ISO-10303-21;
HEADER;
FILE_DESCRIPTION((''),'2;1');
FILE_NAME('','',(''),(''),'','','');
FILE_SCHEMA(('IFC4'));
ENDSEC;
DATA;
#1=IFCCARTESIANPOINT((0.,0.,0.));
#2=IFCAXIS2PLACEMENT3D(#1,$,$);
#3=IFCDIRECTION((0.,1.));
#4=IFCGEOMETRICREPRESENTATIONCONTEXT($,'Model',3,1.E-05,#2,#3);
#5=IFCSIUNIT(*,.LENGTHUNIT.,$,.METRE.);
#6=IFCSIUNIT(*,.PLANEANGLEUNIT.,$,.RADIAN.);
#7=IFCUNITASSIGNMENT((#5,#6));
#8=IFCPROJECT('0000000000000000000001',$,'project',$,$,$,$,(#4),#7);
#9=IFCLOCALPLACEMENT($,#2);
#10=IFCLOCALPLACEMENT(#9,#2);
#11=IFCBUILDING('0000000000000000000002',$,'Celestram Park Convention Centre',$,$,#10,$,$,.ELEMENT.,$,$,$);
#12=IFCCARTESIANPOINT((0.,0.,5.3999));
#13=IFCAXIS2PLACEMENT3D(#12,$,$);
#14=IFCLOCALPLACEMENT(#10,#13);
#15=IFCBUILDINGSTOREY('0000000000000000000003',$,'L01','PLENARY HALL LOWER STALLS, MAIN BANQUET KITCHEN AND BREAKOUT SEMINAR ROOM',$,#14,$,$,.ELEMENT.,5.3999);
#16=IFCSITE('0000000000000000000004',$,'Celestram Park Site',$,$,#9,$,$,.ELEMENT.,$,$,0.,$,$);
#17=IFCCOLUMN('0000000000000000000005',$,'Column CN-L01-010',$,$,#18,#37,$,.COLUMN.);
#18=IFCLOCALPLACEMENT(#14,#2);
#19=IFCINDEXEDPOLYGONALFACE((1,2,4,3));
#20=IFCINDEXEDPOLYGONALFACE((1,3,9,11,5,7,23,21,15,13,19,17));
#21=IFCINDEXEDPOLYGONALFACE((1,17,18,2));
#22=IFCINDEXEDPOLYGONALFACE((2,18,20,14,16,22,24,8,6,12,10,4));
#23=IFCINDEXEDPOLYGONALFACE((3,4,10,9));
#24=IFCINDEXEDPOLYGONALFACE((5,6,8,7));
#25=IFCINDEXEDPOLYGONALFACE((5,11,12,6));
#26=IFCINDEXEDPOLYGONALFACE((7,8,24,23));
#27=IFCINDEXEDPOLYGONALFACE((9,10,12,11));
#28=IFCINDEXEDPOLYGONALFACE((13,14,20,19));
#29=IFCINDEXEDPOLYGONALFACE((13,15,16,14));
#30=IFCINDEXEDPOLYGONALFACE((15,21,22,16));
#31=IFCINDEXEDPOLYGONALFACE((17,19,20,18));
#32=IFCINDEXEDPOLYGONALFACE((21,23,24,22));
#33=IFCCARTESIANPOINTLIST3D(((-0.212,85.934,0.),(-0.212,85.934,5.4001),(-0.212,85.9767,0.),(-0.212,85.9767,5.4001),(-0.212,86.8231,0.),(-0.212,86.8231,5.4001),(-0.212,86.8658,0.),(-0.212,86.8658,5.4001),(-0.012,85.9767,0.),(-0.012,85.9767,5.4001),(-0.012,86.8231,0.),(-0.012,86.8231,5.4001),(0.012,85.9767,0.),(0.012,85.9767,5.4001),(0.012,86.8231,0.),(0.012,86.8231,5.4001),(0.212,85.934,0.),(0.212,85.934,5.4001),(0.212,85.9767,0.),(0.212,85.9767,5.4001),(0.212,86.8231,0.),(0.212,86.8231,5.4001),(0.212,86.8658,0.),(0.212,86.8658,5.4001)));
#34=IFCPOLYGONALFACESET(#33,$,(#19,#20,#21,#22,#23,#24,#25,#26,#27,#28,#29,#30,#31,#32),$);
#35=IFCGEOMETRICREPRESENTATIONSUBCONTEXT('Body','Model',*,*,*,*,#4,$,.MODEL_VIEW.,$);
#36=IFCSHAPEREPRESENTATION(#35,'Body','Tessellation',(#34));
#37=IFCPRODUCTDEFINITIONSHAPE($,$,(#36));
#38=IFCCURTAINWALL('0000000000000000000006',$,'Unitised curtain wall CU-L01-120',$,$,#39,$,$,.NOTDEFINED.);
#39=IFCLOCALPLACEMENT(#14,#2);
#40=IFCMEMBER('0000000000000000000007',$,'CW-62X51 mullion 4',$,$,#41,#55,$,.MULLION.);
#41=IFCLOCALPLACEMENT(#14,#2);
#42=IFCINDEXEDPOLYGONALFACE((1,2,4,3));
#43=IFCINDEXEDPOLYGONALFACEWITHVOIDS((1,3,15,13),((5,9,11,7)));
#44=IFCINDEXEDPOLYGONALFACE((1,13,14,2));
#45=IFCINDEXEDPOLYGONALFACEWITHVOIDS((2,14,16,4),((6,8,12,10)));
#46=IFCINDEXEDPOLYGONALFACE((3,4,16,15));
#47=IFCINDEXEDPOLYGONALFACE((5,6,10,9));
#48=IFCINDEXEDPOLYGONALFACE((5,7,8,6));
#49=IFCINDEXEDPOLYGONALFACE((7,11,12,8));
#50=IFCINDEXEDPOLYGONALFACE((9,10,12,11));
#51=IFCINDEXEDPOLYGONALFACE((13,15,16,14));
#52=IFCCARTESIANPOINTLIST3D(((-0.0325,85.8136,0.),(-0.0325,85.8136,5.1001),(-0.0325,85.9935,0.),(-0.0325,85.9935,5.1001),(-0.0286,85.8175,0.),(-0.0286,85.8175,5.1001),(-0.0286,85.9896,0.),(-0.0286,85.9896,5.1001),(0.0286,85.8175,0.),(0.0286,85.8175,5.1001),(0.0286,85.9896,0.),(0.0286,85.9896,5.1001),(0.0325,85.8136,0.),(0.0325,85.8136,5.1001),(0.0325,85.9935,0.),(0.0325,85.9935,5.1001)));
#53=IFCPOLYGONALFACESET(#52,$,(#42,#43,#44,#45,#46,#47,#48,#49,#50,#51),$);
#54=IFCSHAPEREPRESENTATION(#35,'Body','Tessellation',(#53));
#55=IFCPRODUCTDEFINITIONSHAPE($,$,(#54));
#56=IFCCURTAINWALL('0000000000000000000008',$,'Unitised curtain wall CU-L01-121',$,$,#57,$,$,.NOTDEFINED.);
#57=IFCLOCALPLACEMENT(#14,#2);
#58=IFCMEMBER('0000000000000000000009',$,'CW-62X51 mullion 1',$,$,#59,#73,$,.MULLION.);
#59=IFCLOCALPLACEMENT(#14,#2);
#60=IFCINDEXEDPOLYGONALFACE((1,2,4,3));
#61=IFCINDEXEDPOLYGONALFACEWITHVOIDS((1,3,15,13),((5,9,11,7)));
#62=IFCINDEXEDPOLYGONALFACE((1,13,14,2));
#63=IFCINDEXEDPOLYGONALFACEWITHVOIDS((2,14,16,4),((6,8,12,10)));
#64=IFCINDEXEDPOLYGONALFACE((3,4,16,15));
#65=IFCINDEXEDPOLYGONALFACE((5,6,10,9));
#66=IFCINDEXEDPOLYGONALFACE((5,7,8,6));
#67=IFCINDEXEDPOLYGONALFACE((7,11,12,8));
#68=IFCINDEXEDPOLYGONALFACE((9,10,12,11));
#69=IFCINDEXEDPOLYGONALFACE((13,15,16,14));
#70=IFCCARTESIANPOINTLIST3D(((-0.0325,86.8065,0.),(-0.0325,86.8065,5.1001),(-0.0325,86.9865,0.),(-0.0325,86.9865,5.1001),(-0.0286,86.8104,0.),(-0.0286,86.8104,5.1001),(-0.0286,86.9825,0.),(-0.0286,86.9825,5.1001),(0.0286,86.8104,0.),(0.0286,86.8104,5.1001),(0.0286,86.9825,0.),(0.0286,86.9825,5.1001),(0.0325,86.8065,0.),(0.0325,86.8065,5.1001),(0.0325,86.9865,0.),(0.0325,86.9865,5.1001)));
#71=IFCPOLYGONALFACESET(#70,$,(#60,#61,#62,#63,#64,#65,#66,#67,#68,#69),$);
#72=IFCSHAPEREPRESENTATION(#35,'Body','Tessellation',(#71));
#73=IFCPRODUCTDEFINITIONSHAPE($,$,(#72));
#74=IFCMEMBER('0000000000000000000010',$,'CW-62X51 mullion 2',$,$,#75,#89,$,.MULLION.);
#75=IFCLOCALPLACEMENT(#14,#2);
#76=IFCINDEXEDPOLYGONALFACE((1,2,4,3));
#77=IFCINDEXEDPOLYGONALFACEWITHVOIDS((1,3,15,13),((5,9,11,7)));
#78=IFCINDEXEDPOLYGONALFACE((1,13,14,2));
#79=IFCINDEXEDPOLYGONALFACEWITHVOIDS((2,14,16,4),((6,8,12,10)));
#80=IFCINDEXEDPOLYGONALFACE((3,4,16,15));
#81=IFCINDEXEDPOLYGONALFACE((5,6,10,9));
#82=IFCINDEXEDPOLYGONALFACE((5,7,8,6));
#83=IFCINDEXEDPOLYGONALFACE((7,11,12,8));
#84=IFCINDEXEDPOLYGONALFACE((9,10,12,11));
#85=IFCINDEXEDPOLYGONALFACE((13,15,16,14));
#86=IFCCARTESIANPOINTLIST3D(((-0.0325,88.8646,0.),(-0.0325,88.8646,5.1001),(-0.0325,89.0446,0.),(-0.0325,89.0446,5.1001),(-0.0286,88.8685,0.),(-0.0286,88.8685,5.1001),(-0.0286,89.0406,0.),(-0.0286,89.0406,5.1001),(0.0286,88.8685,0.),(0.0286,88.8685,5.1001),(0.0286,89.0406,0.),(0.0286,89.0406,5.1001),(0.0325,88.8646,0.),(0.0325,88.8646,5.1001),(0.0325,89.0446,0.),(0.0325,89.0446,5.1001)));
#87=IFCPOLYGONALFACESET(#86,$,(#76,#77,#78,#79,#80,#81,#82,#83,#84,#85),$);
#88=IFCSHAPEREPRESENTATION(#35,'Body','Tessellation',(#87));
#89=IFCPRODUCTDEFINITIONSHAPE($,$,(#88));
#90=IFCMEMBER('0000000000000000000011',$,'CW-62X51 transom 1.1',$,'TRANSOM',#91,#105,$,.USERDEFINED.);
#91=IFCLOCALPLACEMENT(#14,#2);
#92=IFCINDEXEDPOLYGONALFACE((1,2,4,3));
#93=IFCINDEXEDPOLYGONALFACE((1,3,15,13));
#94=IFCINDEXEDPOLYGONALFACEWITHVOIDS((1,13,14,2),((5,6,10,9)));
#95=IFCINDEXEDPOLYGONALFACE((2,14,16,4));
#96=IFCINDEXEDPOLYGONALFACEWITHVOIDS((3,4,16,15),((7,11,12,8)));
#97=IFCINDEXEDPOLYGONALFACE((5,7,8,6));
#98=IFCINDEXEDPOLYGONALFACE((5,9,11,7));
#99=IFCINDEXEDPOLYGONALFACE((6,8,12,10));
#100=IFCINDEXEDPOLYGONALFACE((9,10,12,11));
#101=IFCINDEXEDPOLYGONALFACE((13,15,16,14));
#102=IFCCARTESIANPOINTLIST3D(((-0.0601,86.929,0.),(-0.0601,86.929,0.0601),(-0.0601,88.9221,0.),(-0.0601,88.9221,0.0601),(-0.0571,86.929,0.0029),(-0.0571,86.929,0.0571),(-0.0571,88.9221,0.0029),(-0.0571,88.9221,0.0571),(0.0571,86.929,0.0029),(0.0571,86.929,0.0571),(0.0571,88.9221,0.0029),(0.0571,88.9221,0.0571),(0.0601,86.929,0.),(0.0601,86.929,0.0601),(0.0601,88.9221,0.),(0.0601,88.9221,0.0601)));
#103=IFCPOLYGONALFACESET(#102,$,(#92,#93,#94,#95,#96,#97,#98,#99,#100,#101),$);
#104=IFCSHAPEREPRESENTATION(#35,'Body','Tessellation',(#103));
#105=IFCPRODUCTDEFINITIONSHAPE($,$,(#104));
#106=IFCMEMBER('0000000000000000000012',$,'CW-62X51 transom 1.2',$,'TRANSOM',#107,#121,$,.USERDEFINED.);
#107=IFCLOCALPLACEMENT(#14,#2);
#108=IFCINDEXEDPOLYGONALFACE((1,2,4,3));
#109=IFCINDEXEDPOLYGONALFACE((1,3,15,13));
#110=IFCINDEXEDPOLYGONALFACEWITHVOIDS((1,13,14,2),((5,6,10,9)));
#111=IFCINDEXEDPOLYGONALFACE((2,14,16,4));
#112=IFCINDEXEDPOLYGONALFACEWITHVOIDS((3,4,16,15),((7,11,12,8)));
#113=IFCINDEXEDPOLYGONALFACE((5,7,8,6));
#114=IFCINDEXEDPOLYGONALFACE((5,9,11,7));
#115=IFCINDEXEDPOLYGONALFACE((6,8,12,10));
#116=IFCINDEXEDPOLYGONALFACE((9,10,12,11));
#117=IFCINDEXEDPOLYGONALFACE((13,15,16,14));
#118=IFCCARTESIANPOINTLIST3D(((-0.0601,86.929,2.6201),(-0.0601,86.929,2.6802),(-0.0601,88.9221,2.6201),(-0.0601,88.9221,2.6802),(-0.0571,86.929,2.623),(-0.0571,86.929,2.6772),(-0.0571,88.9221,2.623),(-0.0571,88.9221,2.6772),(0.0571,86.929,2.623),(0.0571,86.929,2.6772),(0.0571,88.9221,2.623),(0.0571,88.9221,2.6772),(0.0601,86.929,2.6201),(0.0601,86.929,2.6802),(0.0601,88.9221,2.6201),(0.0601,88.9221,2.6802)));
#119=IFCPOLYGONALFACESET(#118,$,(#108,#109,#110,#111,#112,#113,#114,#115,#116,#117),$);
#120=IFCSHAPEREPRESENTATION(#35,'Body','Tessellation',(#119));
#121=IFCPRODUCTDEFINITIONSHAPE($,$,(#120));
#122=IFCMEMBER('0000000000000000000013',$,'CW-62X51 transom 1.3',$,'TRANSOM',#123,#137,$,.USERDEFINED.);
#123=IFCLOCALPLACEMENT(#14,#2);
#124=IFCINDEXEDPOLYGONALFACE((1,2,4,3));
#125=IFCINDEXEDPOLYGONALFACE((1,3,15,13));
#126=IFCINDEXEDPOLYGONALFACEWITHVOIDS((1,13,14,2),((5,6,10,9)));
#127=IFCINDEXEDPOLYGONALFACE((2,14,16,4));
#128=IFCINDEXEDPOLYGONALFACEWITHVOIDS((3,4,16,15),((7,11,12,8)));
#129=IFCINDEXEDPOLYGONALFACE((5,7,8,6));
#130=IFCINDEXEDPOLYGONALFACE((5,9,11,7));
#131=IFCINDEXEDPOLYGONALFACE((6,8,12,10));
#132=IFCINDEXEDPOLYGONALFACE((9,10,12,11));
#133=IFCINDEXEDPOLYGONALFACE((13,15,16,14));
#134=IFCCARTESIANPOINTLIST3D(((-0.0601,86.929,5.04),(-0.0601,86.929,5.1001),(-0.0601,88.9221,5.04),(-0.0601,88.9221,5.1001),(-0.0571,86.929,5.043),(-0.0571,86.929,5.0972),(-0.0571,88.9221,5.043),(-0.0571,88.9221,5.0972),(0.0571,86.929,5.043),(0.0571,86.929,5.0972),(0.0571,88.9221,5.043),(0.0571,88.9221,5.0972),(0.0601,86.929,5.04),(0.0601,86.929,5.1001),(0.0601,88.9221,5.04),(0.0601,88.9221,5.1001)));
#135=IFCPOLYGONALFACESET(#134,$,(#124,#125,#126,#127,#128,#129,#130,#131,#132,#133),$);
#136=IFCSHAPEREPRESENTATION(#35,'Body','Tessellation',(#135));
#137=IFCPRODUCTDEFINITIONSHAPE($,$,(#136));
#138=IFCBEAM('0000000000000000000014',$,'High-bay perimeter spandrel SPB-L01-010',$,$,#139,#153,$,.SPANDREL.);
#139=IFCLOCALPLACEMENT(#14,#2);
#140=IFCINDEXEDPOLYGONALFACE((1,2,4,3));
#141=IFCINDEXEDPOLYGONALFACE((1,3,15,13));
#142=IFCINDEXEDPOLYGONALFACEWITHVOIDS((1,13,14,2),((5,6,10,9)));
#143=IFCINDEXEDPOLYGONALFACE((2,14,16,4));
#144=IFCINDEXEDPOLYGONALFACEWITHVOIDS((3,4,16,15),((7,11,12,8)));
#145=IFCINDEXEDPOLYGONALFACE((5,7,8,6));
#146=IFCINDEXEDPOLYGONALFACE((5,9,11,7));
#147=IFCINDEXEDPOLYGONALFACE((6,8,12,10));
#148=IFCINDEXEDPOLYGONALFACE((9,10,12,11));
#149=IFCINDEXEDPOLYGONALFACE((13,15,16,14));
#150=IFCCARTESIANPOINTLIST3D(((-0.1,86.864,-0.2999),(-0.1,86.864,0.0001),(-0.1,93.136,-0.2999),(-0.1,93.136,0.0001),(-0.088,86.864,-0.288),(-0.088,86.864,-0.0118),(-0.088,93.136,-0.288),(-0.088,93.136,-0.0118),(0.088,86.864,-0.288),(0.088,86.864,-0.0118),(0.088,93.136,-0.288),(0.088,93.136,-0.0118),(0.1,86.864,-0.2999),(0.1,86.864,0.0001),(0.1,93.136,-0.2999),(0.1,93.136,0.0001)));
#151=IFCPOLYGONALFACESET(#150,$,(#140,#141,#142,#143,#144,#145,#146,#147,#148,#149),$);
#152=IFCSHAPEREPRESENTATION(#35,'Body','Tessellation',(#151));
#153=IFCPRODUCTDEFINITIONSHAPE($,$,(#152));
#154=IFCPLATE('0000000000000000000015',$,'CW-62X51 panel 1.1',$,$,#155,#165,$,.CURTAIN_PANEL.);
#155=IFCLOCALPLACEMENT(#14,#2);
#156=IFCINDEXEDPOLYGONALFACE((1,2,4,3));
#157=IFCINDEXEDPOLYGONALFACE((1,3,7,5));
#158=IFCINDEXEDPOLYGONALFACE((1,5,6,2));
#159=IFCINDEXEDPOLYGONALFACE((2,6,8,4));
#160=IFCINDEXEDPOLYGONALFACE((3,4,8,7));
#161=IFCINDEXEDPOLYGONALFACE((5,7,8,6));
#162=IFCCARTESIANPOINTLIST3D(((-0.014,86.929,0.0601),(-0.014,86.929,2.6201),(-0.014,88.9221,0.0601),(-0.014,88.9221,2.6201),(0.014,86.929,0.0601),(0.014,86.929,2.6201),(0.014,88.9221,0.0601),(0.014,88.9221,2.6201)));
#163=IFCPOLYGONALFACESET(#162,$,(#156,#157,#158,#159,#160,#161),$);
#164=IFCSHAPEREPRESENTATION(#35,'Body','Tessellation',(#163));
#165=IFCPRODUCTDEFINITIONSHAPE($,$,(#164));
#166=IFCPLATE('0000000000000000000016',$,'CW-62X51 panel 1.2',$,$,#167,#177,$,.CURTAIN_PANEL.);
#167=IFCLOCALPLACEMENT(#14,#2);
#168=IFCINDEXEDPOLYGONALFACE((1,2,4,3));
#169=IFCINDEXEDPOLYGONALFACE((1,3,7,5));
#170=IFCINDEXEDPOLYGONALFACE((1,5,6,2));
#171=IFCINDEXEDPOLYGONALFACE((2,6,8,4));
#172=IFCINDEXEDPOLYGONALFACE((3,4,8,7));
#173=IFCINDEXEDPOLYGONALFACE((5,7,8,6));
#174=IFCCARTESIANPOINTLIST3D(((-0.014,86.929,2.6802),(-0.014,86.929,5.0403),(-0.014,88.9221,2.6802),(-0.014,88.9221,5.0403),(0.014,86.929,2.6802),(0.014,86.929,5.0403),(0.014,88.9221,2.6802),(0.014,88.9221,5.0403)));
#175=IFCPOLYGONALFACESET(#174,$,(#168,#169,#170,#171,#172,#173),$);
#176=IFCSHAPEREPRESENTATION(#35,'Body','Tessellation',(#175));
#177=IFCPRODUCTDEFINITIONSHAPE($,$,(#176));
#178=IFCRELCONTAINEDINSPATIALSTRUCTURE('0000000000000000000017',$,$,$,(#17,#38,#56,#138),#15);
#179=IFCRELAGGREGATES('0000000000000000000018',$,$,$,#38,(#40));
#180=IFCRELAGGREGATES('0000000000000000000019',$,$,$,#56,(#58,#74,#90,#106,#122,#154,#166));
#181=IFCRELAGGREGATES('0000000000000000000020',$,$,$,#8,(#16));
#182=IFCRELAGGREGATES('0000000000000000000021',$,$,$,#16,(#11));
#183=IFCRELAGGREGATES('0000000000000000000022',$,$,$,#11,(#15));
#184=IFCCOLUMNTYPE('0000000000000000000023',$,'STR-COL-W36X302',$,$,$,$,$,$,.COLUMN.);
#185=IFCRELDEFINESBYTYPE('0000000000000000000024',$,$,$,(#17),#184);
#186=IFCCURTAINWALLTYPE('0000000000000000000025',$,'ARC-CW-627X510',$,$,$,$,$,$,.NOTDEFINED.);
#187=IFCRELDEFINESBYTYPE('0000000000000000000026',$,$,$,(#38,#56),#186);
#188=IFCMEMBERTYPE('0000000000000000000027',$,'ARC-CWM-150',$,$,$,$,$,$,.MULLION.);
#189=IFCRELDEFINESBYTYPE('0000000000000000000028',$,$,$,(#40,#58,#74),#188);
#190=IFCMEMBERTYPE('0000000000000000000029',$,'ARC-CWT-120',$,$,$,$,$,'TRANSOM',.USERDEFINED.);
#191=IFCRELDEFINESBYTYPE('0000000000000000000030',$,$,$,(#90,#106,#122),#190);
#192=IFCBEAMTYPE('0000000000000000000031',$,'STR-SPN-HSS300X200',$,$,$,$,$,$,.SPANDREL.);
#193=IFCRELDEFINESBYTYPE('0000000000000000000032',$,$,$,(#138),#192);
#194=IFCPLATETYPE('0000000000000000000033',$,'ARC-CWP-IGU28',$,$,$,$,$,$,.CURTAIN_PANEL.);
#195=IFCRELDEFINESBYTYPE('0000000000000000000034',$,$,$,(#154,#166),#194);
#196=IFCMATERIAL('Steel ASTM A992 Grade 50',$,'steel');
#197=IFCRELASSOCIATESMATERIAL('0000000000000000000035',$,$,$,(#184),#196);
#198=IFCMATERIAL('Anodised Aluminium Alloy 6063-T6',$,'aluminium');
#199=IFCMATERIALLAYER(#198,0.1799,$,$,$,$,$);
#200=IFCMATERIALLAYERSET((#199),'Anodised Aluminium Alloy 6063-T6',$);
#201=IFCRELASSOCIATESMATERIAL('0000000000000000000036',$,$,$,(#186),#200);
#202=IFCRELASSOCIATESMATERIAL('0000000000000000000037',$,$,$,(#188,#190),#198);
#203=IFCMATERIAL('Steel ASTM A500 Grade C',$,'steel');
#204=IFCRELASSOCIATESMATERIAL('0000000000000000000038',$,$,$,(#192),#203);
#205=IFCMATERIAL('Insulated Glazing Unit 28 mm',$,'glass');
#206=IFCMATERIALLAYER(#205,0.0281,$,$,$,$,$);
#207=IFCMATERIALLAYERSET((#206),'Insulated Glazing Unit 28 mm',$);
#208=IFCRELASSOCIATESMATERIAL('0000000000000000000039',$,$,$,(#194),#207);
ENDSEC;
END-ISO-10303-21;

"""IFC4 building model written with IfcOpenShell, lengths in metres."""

from ifc_helpers import new_model, si_unit, direction, frame, origin, origin_2d, place, context, subcontext, project, spatial, rectangle, hollow_rectangle, i_section, extrude, material, layer, layer_set, material_profile, profile_set, type_object, element, aggregate, save


model = new_model("IFC4")

# Units and contexts
model_context = context("Model", 3, precision=1e-05, world=origin(), true_north=direction((0.0, 1.0)))
body_context = subcontext(model_context, "Body", "Model", "MODEL_VIEW")
ifc_project = project(units=[si_unit("LENGTHUNIT", "METRE"), si_unit("PLANEANGLEUNIT", "RADIAN")], contexts=[model_context])

# Site, building, storey
site_placement = place(None, origin())
site = spatial("IfcSite", under=ifc_project, at=site_placement, Name="Celestram Park Site", CompositionType="ELEMENT", RefElevation=0.0)
building_placement = place(site_placement, origin())
building = spatial("IfcBuilding", under=site, at=building_placement, Name="Celestram Park Convention Centre", CompositionType="ELEMENT")
storey_placement = place(building_placement, frame((0.0, 0.0, 5.3999)))
storey = spatial("IfcBuildingStorey", under=building, at=storey_placement, Name="L01", Description="PLENARY HALL LOWER STALLS, MAIN BANQUET KITCHEN AND BREAKOUT SEMINAR ROOM", CompositionType="ELEMENT", Elevation=5.3999)

# Column
ifc_material_1 = material(Name="Steel ASTM A992 Grade 50", Category="steel")
ifc_material_profile_1 = material_profile(ifc_material_1, i_section(OverallWidth=0.4241, OverallDepth=0.9319, WebThickness=0.0239, FlangeThickness=0.0427, at=origin_2d()), Name="W36X302")
ifc_profile_set_1 = profile_set([ifc_material_profile_1], Name="Steel ASTM A992 Grade 50")
column_type = type_object("IfcColumnType", Name="STR-COL-W36X302", PredefinedType="COLUMN", material=ifc_profile_set_1)
column_placement = place(storey_placement, frame((0.0, 86.3999, 0.0), z_axis=(0.0, 0.0, 1.0), x_axis=(1.0, 0.0, 0.0)))
element("IfcColumn", 1, at=column_placement, inside=storey, type_object=column_type, Name="Column CN-L01-010", PredefinedType="COLUMN", context=body_context, shape_type="SweptSolid", body=[
    extrude(i_section(OverallWidth=0.4241, OverallDepth=0.9319, WebThickness=0.0239, FlangeThickness=0.0427, at=origin_2d()), origin(), (0.0, 0.0, 1.0), 5.4001),
])

# Curtain wall, member
ifc_material_2 = material(Name="Anodised Aluminium Alloy 6063-T6", Category="aluminium")
ifc_layer_1 = layer(ifc_material_2, 0.1799)
ifc_layer_set_1 = layer_set([ifc_layer_1], Name="Anodised Aluminium Alloy 6063-T6")
curtain_wall_type = type_object("IfcCurtainWallType", Name="ARC-CW-627X510", PredefinedType="NOTDEFINED", material=ifc_layer_set_1)
curtain_wall_1_placement = place(storey_placement, origin())
curtain_wall_1 = element("IfcCurtainWall", 2, at=curtain_wall_1_placement, inside=storey, type_object=curtain_wall_type, Name="Unitised curtain wall CU-L01-120", PredefinedType="NOTDEFINED")
ifc_material_profile_2 = material_profile(ifc_material_2, hollow_rectangle(XDim=0.0649, YDim=0.1799, WallThickness=0.0039, at=origin_2d()), Name="ALU65X180X4")
ifc_profile_set_2 = profile_set([ifc_material_profile_2], Name="Anodised Aluminium Alloy 6063-T6")
member_type_1 = type_object("IfcMemberType", Name="ARC-CWM-150", PredefinedType="MULLION", material=ifc_profile_set_2)
member_1_placement = place(storey_placement, frame((0.0, 85.9036, 0.0), z_axis=(0.0, 0.0, 1.0), x_axis=(-1.0, 0.0, 0.0)))
member_1 = element("IfcMember", 3, at=member_1_placement, type_object=member_type_1, Name="CW-62X51 mullion 4", PredefinedType="MULLION", context=body_context, shape_type="SweptSolid", body=[
    extrude(hollow_rectangle(XDim=0.0649, YDim=0.1799, WallThickness=0.0039, at=origin_2d()), origin(), (0.0, 0.0, 1.0), 5.1001),
])
aggregate(curtain_wall_1, [member_1])

# Curtain wall, members
curtain_wall_2_placement = place(storey_placement, origin())
curtain_wall_2 = element("IfcCurtainWall", 4, at=curtain_wall_2_placement, inside=storey, type_object=curtain_wall_type, Name="Unitised curtain wall CU-L01-121", PredefinedType="NOTDEFINED")
member_2_placement = place(storey_placement, frame((0.0, 86.8965, 0.0), z_axis=(0.0, 0.0, 1.0), x_axis=(-1.0, 0.0, 0.0)))
member_2 = element("IfcMember", 5, at=member_2_placement, type_object=member_type_1, Name="CW-62X51 mullion 1", PredefinedType="MULLION", context=body_context, shape_type="SweptSolid", body=[
    extrude(hollow_rectangle(XDim=0.0649, YDim=0.1799, WallThickness=0.0039, at=origin_2d()), origin(), (0.0, 0.0, 1.0), 5.1001),
])
member_3_placement = place(storey_placement, frame((0.0, 88.9546, 0.0), z_axis=(0.0, 0.0, 1.0), x_axis=(-1.0, 0.0, 0.0)))
member_3 = element("IfcMember", 6, at=member_3_placement, type_object=member_type_1, Name="CW-62X51 mullion 2", PredefinedType="MULLION", context=body_context, shape_type="SweptSolid", body=[
    extrude(hollow_rectangle(XDim=0.0649, YDim=0.1799, WallThickness=0.0039, at=origin_2d()), origin(), (0.0, 0.0, 1.0), 5.1001),
])
ifc_material_profile_3 = material_profile(ifc_material_2, hollow_rectangle(XDim=0.1201, YDim=0.0601, WallThickness=0.0029, at=origin_2d()), Name="ALU120X60X3")
ifc_profile_set_3 = profile_set([ifc_material_profile_3], Name="Anodised Aluminium Alloy 6063-T6")
member_type_2 = type_object("IfcMemberType", Name="ARC-CWT-120", ElementType="TRANSOM", PredefinedType="USERDEFINED", material=ifc_profile_set_3)
member_4_placement = place(storey_placement, frame((0.0, 86.929, 0.03), z_axis=(0.0, 1.0, 0.0), x_axis=(-1.0, 0.0, 0.0)))
member_4 = element("IfcMember", 7, at=member_4_placement, type_object=member_type_2, Name="CW-62X51 transom 1.1", ObjectType="TRANSOM", PredefinedType="USERDEFINED", context=body_context, shape_type="SweptSolid", body=[
    extrude(hollow_rectangle(XDim=0.1201, YDim=0.0601, WallThickness=0.0029, at=origin_2d()), origin(), (0.0, 0.0, 1.0), 1.9932),
])
member_5_placement = place(storey_placement, frame((0.0, 86.929, 2.6501), z_axis=(0.0, 1.0, 0.0), x_axis=(-1.0, 0.0, 0.0)))
member_5 = element("IfcMember", 8, at=member_5_placement, type_object=member_type_2, Name="CW-62X51 transom 1.2", ObjectType="TRANSOM", PredefinedType="USERDEFINED", context=body_context, shape_type="SweptSolid", body=[
    extrude(hollow_rectangle(XDim=0.1201, YDim=0.0601, WallThickness=0.0029, at=origin_2d()), origin(), (0.0, 0.0, 1.0), 1.9932),
])
member_6_placement = place(storey_placement, frame((0.0, 86.929, 5.0701), z_axis=(0.0, 1.0, 0.0), x_axis=(-1.0, 0.0, 0.0)))
member_6 = element("IfcMember", 9, at=member_6_placement, type_object=member_type_2, Name="CW-62X51 transom 1.3", ObjectType="TRANSOM", PredefinedType="USERDEFINED", context=body_context, shape_type="SweptSolid", body=[
    extrude(hollow_rectangle(XDim=0.1201, YDim=0.0601, WallThickness=0.0029, at=origin_2d()), origin(), (0.0, 0.0, 1.0), 1.9932),
])

# Beam
ifc_material_3 = material(Name="Steel ASTM A500 Grade C", Category="steel")
ifc_material_profile_4 = material_profile(ifc_material_3, hollow_rectangle(XDim=0.2, YDim=0.3, WallThickness=0.012, at=origin_2d()), Name="HSS300X200X12")
ifc_profile_set_4 = profile_set([ifc_material_profile_4], Name="Steel ASTM A500 Grade C")
beam_type = type_object("IfcBeamType", Name="STR-SPN-HSS300X200", PredefinedType="SPANDREL", material=ifc_profile_set_4)
beam_placement = place(storey_placement, frame((0.0, 86.864, -0.1499), z_axis=(0.0, 1.0, 0.0), x_axis=(-1.0, 0.0, 0.0)))
element("IfcBeam", 10, at=beam_placement, inside=storey, type_object=beam_type, Name="High-bay perimeter spandrel SPB-L01-010", PredefinedType="SPANDREL", context=body_context, shape_type="SweptSolid", body=[
    extrude(hollow_rectangle(XDim=0.2, YDim=0.3, WallThickness=0.012, at=origin_2d()), origin(), (0.0, 0.0, 1.0), 6.272),
])

# Plates
ifc_material_4 = material(Name="Insulated Glazing Unit 28 mm", Category="glass")
ifc_layer_2 = layer(ifc_material_4, 0.0281)
ifc_layer_set_2 = layer_set([ifc_layer_2], Name="Insulated Glazing Unit 28 mm")
plate_type = type_object("IfcPlateType", Name="ARC-CWP-IGU28", PredefinedType="CURTAIN_PANEL", material=ifc_layer_set_2)
plate_1_placement = place(storey_placement, frame((0.0, 87.9255, 0.0601), z_axis=(0.0, 0.0, 1.0), x_axis=(0.0, 1.0, 0.0)))
plate_1 = element("IfcPlate", 11, at=plate_1_placement, type_object=plate_type, Name="CW-62X51 panel 1.1", PredefinedType="CURTAIN_PANEL", context=body_context, shape_type="SweptSolid", body=[
    extrude(rectangle(XDim=1.9932, YDim=0.0281, at=origin_2d()), origin(), (0.0, 0.0, 1.0), 2.5601),
])
plate_2_placement = place(storey_placement, frame((0.0, 87.9255, 2.6802), z_axis=(0.0, 0.0, 1.0), x_axis=(0.0, 1.0, 0.0)))
plate_2 = element("IfcPlate", 12, at=plate_2_placement, type_object=plate_type, Name="CW-62X51 panel 1.2", PredefinedType="CURTAIN_PANEL", context=body_context, shape_type="SweptSolid", body=[
    extrude(rectangle(XDim=1.9932, YDim=0.0281, at=origin_2d()), origin(), (0.0, 0.0, 1.0), 2.3601),
])
aggregate(curtain_wall_2, [member_2, member_3, member_4, member_5, member_6, plate_1, plate_2])

save(model, "model.ifc")
